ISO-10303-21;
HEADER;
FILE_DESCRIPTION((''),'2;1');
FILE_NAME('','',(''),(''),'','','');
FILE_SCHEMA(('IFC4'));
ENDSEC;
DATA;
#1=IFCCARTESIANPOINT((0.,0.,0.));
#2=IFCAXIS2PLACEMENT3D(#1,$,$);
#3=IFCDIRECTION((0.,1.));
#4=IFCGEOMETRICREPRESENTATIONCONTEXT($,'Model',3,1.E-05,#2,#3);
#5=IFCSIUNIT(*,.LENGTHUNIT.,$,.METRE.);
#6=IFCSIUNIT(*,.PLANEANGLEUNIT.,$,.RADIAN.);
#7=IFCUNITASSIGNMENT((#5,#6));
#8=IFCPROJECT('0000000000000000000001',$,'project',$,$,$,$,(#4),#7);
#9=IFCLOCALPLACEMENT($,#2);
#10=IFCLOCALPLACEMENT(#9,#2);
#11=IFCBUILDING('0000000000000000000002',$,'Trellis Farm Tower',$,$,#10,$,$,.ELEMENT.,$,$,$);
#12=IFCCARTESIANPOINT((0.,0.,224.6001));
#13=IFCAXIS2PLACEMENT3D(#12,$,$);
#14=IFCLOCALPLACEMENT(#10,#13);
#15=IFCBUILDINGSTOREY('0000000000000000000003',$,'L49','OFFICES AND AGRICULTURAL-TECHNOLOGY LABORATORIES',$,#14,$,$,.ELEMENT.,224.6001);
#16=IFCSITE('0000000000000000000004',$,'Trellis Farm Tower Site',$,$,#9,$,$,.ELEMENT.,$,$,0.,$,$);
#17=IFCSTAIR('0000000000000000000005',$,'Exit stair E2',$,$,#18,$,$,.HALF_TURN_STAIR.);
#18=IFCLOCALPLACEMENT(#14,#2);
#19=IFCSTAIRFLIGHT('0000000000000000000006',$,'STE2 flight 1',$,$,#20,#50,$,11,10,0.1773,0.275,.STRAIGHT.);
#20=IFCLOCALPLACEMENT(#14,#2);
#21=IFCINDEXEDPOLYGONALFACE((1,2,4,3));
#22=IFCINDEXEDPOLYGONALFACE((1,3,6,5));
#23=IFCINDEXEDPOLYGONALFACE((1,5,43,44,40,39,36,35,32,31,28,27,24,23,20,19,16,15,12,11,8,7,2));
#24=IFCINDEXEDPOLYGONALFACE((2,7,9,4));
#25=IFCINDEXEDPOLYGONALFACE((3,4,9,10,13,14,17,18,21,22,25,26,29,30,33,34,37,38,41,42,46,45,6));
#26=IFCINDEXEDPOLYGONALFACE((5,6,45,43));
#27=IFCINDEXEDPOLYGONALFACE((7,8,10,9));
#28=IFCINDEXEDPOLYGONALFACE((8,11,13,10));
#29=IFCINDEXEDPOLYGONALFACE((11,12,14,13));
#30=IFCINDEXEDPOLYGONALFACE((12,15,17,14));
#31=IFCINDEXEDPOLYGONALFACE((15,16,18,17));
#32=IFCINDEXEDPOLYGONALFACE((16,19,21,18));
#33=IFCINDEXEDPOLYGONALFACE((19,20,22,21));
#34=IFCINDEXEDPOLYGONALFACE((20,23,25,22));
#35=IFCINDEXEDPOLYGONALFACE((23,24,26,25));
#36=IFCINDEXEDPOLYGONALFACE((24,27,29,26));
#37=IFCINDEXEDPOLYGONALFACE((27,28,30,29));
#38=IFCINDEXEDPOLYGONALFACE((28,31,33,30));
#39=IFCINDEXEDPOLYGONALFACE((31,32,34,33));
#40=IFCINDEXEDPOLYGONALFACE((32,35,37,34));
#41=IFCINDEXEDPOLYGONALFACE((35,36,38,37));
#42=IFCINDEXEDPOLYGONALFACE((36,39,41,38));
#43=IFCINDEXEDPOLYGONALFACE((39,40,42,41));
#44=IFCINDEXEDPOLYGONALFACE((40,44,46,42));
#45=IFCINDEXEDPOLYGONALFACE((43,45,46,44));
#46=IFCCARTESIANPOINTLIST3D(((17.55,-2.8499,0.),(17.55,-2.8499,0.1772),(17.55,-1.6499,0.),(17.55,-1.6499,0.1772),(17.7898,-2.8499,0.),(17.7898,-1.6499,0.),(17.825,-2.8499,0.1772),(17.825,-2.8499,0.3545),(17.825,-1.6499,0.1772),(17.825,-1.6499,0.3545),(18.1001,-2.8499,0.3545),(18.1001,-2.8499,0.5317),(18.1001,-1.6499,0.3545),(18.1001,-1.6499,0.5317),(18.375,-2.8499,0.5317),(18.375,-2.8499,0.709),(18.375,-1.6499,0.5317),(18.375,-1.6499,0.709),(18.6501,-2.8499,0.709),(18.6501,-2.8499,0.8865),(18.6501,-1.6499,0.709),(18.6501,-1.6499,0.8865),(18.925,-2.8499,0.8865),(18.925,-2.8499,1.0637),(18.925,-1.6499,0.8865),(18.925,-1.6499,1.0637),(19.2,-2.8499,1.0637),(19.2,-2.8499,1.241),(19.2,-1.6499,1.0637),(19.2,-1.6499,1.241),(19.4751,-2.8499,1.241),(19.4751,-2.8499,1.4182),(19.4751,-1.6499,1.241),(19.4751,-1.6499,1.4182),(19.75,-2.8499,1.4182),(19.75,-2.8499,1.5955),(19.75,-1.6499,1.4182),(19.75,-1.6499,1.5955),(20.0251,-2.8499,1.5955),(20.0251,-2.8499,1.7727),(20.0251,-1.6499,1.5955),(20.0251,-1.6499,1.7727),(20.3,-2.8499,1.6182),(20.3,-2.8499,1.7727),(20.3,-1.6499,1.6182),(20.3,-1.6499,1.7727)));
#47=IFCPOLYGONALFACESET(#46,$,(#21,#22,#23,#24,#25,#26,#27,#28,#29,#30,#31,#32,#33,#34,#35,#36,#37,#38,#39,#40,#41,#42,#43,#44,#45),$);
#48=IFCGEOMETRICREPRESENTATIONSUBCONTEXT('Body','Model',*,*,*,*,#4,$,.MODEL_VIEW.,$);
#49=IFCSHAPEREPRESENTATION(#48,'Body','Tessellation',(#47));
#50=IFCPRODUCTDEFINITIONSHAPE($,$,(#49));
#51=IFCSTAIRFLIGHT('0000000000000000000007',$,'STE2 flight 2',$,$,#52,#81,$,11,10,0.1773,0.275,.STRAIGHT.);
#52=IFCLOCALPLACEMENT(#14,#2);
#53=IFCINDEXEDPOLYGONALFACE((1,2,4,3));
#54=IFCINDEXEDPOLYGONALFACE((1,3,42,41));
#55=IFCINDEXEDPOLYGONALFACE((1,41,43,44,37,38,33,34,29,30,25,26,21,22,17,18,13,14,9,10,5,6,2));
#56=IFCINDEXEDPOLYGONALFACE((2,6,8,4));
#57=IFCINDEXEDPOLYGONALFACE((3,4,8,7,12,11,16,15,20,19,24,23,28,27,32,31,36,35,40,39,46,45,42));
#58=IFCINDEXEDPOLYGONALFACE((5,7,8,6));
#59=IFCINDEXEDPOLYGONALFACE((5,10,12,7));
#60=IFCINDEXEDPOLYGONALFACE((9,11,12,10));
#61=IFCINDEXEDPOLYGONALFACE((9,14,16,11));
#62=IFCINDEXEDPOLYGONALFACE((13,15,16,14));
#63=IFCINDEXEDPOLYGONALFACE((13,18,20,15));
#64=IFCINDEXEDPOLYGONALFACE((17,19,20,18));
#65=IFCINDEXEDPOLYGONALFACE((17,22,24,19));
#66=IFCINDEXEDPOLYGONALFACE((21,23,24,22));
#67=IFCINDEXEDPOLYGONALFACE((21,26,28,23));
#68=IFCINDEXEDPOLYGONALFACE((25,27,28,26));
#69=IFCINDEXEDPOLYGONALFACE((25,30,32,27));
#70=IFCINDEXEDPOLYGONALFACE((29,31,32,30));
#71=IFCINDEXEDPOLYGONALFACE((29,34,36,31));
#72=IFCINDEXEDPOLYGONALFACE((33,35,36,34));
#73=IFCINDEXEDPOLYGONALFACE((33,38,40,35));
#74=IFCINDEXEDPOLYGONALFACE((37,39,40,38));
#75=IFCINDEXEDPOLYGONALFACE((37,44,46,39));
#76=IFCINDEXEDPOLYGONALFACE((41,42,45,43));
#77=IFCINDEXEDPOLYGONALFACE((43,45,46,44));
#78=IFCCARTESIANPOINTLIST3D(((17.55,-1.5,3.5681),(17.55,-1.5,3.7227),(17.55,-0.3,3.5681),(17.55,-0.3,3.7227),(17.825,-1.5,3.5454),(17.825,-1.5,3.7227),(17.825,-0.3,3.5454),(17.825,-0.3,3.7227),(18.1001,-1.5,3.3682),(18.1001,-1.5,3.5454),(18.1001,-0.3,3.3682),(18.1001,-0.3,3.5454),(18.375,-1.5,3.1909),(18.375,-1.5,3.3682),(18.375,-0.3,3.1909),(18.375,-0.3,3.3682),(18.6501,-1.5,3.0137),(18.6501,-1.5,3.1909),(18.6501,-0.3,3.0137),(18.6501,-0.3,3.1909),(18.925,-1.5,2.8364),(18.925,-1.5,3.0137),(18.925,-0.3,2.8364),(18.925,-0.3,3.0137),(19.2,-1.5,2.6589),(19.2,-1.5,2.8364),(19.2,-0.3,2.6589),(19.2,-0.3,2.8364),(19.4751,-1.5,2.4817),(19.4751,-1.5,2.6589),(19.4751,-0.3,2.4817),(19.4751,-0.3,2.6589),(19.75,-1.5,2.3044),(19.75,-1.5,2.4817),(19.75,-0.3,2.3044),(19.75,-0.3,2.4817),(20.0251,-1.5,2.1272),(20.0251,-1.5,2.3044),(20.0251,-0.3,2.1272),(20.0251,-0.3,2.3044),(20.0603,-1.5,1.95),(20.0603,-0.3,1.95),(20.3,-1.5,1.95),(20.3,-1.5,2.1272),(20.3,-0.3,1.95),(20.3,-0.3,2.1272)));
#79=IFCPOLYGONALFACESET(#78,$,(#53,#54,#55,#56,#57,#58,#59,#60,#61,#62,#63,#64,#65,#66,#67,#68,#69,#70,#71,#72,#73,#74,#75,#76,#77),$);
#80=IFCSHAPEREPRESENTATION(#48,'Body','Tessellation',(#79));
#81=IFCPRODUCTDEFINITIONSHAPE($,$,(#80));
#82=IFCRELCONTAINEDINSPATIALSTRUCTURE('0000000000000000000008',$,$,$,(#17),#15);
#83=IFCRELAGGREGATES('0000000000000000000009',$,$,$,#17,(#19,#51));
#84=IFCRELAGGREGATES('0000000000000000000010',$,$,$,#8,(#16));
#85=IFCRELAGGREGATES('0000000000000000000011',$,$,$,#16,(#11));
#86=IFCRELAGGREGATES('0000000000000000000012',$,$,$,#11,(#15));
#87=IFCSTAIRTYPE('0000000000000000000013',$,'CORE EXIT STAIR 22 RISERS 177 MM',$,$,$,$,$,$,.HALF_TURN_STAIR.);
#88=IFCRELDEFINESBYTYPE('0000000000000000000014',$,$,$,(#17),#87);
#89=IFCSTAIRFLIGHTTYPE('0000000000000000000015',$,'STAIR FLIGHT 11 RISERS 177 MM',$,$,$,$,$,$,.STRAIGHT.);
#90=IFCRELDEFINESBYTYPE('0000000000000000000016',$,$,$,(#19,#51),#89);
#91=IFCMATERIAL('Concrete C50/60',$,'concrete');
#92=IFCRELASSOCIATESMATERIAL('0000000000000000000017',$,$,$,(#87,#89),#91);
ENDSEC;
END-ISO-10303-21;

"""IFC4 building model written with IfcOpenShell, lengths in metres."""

from ifc_helpers import new_model, si_unit, direction, frame, origin, place, context, subcontext, project, spatial, polyline, outline, extrude, source, transform, mapped, material, type_object, element, aggregate, save


model = new_model("IFC4")

# Units and contexts
model_context = context("Model", 3, precision=1e-05, world=origin(), true_north=direction((0.0, 1.0)))
body_context = subcontext(model_context, "Body", "Model", "MODEL_VIEW")
ifc_project = project(units=[si_unit("LENGTHUNIT", "METRE"), si_unit("PLANEANGLEUNIT", "RADIAN")], contexts=[model_context])

# Site, building, storey
site_placement = place(None, origin())
site = spatial("IfcSite", under=ifc_project, at=site_placement, Name="Trellis Farm Tower Site", CompositionType="ELEMENT", RefElevation=0.0)
building_placement = place(site_placement, origin())
building = spatial("IfcBuilding", under=site, at=building_placement, Name="Trellis Farm Tower", CompositionType="ELEMENT")
storey_placement = place(building_placement, frame((0.0, 0.0, 224.6001)))
storey = spatial("IfcBuildingStorey", under=building, at=storey_placement, Name="L49", Description="OFFICES AND AGRICULTURAL-TECHNOLOGY LABORATORIES", CompositionType="ELEMENT", Elevation=224.6001)

# Shared definitions
placement = place(storey_placement, origin())

# Shared definitions
ifc_material_1 = material(Name="Concrete C50/60", Category="concrete")
stair_type = type_object("IfcStairType", Name="CORE EXIT STAIR 22 RISERS 177 MM", PredefinedType="HALF_TURN_STAIR", material=ifc_material_1)
stair_flight_type = type_object("IfcStairFlightType", Name="STAIR FLIGHT 11 RISERS 177 MM", PredefinedType="STRAIGHT", material=ifc_material_1)
shared_shape_1 = source(origin(), body_context, "Body", "SweptSolid", [
    extrude(outline(polyline([(0.0, 0.0), (0.0, 0.1772), (0.2749, 0.1772), (0.2749, 0.3545), (0.55, 0.3545), (0.55, 0.5317), (0.825, 0.5317), (0.825, 0.709), (1.1001, 0.709), (1.1001, 0.8865), (1.375, 0.8865), (1.375, 1.0637), (1.6499, 1.0637), (1.6499, 1.241), (1.925, 1.241), (1.925, 1.4182), (2.2, 1.4182), (2.2, 1.5955), (2.4751, 1.5955), (2.4751, 1.7727), (2.75, 1.7727), (2.75, 1.95), (2.75, 1.6182), (0.2397, 0.0), (0.0, 0.0)])), frame((0.0, 0.6001, 0.0), z_axis=(0.0, -1.0, 0.0), x_axis=(1.0, 0.0, 0.0)), (0.0, 0.0, 1.0), 1.2),
])

# Stair, stair flights
stair_1 = element("IfcStair", 1, at=placement, inside=storey, type_object=stair_type, Name="Exit stair E2", PredefinedType="HALF_TURN_STAIR")
stair_flight_1_placement = place(storey_placement, frame((17.55, -2.25, 0.0), z_axis=(0.0, 0.0, 1.0), x_axis=(1.0, 0.0, 0.0)))
stair_flight_1 = element("IfcStairFlight", 2, at=stair_flight_1_placement, type_object=stair_flight_type, Name="STE2 flight 1", NumberOfRisers=11, NumberOfTreads=10, PredefinedType="STRAIGHT", RiserHeight=0.1773, TreadLength=0.275, context=body_context, shape_type="MappedRepresentation", body=[
    mapped(shared_shape_1, transform((0.0, 0.0, 0.0))),
])
stair_flight_2_placement = place(storey_placement, frame((20.3, -0.8999, 1.95), z_axis=(0.0, 0.0, 1.0), x_axis=(-1.0, 0.0, 0.0)))
stair_flight_2 = element("IfcStairFlight", 3, at=stair_flight_2_placement, type_object=stair_flight_type, Name="STE2 flight 2", NumberOfRisers=11, NumberOfTreads=10, PredefinedType="STRAIGHT", RiserHeight=0.1773, TreadLength=0.275, context=body_context, shape_type="MappedRepresentation", body=[
    mapped(shared_shape_1, transform((0.0, 0.0, 0.0))),
])
aggregate(stair_1, [stair_flight_1, stair_flight_2])

save(model, "model.ifc")
